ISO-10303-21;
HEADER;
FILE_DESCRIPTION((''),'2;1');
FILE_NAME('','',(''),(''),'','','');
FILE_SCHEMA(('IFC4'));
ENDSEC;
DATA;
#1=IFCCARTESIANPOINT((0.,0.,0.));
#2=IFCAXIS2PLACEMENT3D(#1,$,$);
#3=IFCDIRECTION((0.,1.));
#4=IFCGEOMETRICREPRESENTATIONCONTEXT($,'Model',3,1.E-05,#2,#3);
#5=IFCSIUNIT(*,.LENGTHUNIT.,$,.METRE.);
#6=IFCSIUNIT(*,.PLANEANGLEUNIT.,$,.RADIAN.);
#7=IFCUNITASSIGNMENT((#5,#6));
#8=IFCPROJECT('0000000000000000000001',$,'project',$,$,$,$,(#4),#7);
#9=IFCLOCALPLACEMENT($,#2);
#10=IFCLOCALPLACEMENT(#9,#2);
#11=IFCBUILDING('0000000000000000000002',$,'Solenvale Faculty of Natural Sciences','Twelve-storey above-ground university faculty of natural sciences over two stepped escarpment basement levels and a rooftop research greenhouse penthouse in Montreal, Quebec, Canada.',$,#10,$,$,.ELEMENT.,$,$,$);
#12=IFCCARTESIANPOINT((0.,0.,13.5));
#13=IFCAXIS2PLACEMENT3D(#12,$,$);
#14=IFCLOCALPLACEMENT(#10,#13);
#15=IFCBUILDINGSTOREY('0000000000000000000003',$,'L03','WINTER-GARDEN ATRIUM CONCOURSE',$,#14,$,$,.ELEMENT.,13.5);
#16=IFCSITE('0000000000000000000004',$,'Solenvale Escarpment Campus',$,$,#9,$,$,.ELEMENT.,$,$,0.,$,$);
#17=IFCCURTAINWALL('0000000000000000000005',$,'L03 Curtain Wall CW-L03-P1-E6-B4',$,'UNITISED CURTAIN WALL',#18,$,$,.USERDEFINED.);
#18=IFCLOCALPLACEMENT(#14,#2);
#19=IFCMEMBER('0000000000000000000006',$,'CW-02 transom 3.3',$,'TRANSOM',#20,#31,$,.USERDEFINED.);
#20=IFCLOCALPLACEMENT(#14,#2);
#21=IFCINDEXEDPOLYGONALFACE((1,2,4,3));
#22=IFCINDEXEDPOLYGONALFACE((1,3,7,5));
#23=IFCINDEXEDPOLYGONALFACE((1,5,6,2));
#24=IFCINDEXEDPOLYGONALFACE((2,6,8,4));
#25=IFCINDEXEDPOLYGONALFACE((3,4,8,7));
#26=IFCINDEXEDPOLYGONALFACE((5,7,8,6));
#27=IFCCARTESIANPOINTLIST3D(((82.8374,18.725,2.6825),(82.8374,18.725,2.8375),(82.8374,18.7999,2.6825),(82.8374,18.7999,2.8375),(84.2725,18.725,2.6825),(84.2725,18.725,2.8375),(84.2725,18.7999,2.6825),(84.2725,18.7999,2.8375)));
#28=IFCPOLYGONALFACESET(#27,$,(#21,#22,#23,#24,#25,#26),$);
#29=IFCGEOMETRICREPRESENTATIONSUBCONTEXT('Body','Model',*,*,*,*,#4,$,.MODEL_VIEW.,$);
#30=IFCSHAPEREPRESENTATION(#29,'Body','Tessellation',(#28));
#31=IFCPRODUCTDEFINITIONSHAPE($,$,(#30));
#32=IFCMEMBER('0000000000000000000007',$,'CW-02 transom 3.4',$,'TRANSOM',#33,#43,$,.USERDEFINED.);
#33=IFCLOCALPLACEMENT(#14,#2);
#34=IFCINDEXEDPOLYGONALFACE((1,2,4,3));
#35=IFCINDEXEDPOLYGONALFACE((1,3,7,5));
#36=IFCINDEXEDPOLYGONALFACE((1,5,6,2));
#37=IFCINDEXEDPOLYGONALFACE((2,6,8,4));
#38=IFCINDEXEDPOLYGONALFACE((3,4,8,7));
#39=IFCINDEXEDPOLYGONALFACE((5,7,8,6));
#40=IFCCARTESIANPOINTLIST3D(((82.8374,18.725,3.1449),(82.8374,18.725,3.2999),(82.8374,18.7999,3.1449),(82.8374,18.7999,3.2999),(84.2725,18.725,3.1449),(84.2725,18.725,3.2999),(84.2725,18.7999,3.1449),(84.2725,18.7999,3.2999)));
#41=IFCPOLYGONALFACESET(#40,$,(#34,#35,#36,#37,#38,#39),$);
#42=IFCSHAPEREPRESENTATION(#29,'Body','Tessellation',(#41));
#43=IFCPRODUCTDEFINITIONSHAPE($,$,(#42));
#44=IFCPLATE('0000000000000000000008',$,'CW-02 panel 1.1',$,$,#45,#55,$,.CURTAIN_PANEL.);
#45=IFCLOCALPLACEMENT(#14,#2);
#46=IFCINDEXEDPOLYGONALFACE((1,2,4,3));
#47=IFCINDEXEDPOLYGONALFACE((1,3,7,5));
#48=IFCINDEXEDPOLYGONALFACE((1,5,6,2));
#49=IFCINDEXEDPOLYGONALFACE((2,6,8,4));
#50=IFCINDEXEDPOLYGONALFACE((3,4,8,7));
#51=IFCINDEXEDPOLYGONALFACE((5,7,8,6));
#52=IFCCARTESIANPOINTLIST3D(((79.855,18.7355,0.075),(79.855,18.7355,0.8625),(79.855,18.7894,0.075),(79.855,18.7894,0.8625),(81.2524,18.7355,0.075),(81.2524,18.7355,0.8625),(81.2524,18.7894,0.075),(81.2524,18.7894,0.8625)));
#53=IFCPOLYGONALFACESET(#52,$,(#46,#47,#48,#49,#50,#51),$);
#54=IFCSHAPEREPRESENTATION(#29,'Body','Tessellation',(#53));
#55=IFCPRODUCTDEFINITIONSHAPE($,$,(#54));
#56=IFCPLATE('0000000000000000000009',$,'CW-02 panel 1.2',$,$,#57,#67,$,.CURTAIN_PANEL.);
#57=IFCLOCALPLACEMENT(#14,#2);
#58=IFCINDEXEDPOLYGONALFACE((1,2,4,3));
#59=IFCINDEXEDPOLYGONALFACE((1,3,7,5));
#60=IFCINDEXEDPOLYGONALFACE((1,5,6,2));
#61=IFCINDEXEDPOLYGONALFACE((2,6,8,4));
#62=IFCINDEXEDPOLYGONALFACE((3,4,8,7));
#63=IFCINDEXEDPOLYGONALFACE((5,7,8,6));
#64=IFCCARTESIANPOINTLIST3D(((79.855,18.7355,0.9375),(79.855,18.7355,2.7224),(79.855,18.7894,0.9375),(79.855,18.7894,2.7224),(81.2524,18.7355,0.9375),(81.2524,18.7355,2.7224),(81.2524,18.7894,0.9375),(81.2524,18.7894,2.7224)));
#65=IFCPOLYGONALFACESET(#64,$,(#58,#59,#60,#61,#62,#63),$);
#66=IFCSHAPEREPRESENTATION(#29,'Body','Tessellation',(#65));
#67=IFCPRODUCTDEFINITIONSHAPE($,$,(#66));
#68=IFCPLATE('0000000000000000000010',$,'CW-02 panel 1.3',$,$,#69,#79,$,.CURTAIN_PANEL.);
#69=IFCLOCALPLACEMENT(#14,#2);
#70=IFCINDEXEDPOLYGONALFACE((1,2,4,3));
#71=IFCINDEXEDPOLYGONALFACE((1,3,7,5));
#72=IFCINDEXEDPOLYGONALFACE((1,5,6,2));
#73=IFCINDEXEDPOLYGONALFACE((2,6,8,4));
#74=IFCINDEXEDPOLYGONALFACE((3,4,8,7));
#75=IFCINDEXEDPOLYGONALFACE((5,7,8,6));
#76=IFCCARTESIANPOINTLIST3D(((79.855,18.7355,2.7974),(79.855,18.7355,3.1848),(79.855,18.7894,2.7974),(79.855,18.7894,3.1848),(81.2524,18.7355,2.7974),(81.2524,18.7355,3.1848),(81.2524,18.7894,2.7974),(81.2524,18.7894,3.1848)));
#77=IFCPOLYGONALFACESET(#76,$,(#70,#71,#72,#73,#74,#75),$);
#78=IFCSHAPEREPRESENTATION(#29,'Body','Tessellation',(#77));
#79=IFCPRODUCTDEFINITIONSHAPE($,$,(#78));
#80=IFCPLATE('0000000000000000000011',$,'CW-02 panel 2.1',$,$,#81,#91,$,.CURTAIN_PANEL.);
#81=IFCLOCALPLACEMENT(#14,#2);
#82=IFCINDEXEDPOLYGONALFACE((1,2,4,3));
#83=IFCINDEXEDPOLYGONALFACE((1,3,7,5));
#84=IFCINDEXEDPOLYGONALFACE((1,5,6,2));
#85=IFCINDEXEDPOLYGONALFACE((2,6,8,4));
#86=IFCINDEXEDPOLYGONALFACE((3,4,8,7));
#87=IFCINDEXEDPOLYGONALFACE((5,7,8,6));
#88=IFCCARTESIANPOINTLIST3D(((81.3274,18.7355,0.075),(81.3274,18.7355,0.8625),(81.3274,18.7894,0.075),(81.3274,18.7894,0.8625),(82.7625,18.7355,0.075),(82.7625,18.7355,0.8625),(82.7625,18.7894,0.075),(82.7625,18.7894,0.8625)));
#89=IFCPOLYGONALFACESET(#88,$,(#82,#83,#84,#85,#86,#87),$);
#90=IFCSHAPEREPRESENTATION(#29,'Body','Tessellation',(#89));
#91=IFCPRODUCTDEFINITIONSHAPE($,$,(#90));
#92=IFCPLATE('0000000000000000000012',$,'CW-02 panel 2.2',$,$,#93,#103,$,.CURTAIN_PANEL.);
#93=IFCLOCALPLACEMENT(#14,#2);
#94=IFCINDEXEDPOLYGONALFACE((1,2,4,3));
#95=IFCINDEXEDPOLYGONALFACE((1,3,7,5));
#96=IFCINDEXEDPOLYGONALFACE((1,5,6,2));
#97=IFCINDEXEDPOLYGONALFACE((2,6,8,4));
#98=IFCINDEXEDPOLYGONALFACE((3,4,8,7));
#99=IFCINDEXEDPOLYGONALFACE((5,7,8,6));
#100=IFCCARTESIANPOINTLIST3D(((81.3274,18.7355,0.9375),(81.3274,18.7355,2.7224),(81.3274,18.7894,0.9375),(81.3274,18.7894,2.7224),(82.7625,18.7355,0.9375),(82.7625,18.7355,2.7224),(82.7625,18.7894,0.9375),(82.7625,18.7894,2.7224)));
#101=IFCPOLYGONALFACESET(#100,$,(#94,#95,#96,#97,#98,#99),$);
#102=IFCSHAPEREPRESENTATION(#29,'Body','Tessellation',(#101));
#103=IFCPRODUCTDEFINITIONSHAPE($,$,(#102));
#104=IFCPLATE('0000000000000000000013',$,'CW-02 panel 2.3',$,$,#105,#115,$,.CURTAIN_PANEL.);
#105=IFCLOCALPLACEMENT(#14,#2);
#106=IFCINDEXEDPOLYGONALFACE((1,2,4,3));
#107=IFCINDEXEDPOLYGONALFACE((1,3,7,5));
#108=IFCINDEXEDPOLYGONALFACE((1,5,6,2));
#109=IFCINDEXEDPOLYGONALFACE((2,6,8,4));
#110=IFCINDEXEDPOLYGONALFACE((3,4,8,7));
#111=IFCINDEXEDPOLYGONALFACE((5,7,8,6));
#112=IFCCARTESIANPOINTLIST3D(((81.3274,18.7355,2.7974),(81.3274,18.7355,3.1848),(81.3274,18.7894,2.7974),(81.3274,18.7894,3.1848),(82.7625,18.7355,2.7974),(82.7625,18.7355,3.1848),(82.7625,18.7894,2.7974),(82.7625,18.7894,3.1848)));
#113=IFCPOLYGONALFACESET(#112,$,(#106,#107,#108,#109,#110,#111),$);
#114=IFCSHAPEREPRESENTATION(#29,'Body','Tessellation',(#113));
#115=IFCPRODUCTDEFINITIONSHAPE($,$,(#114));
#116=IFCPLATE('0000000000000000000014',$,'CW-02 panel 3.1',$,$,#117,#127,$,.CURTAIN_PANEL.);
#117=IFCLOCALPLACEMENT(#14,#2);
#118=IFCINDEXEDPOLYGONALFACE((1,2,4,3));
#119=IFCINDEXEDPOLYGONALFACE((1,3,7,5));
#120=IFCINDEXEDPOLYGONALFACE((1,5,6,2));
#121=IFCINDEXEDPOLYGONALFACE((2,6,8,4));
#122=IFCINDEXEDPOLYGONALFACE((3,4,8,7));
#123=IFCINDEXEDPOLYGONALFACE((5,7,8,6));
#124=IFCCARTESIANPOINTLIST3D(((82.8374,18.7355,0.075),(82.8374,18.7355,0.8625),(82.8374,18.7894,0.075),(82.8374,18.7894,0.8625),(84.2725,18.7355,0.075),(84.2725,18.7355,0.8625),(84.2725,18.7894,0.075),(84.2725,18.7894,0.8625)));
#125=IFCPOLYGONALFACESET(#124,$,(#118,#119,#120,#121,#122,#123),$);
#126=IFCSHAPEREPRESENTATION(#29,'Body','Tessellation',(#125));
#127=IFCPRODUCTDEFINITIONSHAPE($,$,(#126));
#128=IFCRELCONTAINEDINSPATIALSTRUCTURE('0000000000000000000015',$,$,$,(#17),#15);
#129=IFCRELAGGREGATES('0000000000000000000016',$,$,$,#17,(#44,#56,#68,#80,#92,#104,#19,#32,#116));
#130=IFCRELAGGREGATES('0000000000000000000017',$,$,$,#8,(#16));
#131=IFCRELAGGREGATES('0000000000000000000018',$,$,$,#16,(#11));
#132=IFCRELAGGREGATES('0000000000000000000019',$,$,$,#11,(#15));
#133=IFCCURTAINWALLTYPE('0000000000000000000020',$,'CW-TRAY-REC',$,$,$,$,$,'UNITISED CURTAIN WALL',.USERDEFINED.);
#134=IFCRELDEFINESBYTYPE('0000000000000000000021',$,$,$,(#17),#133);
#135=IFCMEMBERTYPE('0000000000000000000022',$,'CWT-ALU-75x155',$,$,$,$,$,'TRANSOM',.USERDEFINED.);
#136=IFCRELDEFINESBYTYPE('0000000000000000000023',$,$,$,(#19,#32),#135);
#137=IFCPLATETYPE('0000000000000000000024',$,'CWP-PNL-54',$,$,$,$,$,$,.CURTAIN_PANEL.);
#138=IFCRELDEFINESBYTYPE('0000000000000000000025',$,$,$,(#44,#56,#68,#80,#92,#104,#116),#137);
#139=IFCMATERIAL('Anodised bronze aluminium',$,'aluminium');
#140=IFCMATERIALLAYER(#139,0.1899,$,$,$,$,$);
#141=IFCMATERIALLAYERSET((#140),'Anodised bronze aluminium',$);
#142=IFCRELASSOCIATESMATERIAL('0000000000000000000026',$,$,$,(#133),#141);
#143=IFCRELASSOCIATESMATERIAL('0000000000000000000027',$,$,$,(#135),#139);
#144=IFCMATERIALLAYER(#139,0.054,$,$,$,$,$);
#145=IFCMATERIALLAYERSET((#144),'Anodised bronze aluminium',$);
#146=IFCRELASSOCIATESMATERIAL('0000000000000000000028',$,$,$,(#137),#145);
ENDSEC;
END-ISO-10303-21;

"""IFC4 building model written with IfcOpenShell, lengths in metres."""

from ifc_helpers import new_model, si_unit, direction, frame, origin, origin_2d, place, context, subcontext, project, spatial, rectangle, extrude, material, layer, layer_set, material_profile, profile_set, type_object, element, aggregate, save


model = new_model("IFC4")

# Units and contexts
model_context = context("Model", 3, precision=1e-05, world=origin(), true_north=direction((0.0, 1.0)))
body_context = subcontext(model_context, "Body", "Model", "MODEL_VIEW")
ifc_project = project(units=[si_unit("LENGTHUNIT", "METRE"), si_unit("PLANEANGLEUNIT", "RADIAN")], contexts=[model_context])

# Site, building, storey
site_placement = place(None, origin())
site = spatial("IfcSite", under=ifc_project, at=site_placement, Name="Solenvale Escarpment Campus", CompositionType="ELEMENT", RefElevation=0.0)
building_placement = place(site_placement, origin())
building = spatial("IfcBuilding", under=site, at=building_placement, Name="Solenvale Faculty of Natural Sciences", Description="Twelve-storey above-ground university faculty of natural sciences over two stepped escarpment basement levels and a rooftop research greenhouse penthouse in Montreal, Quebec, Canada.", CompositionType="ELEMENT")
storey_placement = place(building_placement, frame((0.0, 0.0, 13.5)))
storey = spatial("IfcBuildingStorey", under=building, at=storey_placement, Name="L03", Description="WINTER-GARDEN ATRIUM CONCOURSE", CompositionType="ELEMENT", Elevation=13.5)

# Curtain wall, members, plates
ifc_material_1 = material(Name="Anodised bronze aluminium", Category="aluminium")
ifc_layer_1 = layer(ifc_material_1, 0.1899)
ifc_layer_set_1 = layer_set([ifc_layer_1], Name="Anodised bronze aluminium")
curtain_wall_type = type_object("IfcCurtainWallType", Name="CW-TRAY-REC", ElementType="UNITISED CURTAIN WALL", PredefinedType="USERDEFINED", material=ifc_layer_set_1)
curtain_wall_placement = place(storey_placement, origin())
curtain_wall = element("IfcCurtainWall", 1, at=curtain_wall_placement, inside=storey, type_object=curtain_wall_type, Name="L03 Curtain Wall CW-L03-P1-E6-B4", ObjectType="UNITISED CURTAIN WALL", PredefinedType="USERDEFINED")
ifc_material_profile_1 = material_profile(ifc_material_1, rectangle(XDim=0.075, YDim=0.155, at=origin_2d()), Name="ALU-TRN-75x155")
ifc_profile_set_1 = profile_set([ifc_material_profile_1], Name="Anodised bronze aluminium")
member_type_1 = type_object("IfcMemberType", Name="CWT-ALU-75x155", ElementType="TRANSOM", PredefinedType="USERDEFINED", material=ifc_profile_set_1)
member_1_placement = place(storey_placement, frame((82.8374, 18.7625, 2.76), z_axis=(1.0, 0.0, 0.0), x_axis=(0.0, 1.0, 0.0)))
member_1 = element("IfcMember", 2, at=member_1_placement, type_object=member_type_1, Name="CW-02 transom 3.3", ObjectType="TRANSOM", PredefinedType="USERDEFINED", context=body_context, shape_type="SweptSolid", body=[
    extrude(rectangle(XDim=0.075, YDim=0.155, at=origin_2d()), origin(), (0.0, 0.0, 1.0), 1.4351),
])
member_2_placement = place(storey_placement, frame((82.8374, 18.7625, 3.2224), z_axis=(1.0, 0.0, 0.0), x_axis=(0.0, 1.0, 0.0)))
member_2 = element("IfcMember", 3, at=member_2_placement, type_object=member_type_1, Name="CW-02 transom 3.4", ObjectType="TRANSOM", PredefinedType="USERDEFINED", context=body_context, shape_type="SweptSolid", body=[
    extrude(rectangle(XDim=0.075, YDim=0.155, at=origin_2d()), origin(), (0.0, 0.0, 1.0), 1.4351),
])
ifc_layer_2 = layer(ifc_material_1, 0.054)
ifc_layer_set_2 = layer_set([ifc_layer_2], Name="Anodised bronze aluminium")
plate_type = type_object("IfcPlateType", Name="CWP-PNL-54", PredefinedType="CURTAIN_PANEL", material=ifc_layer_set_2)
plate_1_placement = place(storey_placement, frame((80.5537, 18.7625, 0.075), z_axis=(0.0, 0.0, 1.0), x_axis=(1.0, 0.0, 0.0)))
plate_1 = element("IfcPlate", 4, at=plate_1_placement, type_object=plate_type, Name="CW-02 panel 1.1", PredefinedType="CURTAIN_PANEL", context=body_context, shape_type="SweptSolid", body=[
    extrude(rectangle(XDim=1.3975, YDim=0.054, at=origin_2d()), origin(), (0.0, 0.0, 1.0), 0.7876),
])
plate_2_placement = place(storey_placement, frame((80.5537, 18.7625, 0.9375), z_axis=(0.0, 0.0, 1.0), x_axis=(1.0, 0.0, 0.0)))
plate_2 = element("IfcPlate", 5, at=plate_2_placement, type_object=plate_type, Name="CW-02 panel 1.2", PredefinedType="CURTAIN_PANEL", context=body_context, shape_type="SweptSolid", body=[
    extrude(rectangle(XDim=1.3975, YDim=0.054, at=origin_2d()), origin(), (0.0, 0.0, 1.0), 1.7849),
])
plate_3_placement = place(storey_placement, frame((80.5537, 18.7625, 2.7974), z_axis=(0.0, 0.0, 1.0), x_axis=(1.0, 0.0, 0.0)))
plate_3 = element("IfcPlate", 6, at=plate_3_placement, type_object=plate_type, Name="CW-02 panel 1.3", PredefinedType="CURTAIN_PANEL", context=body_context, shape_type="SweptSolid", body=[
    extrude(rectangle(XDim=1.3975, YDim=0.054, at=origin_2d()), origin(), (0.0, 0.0, 1.0), 0.3875),
])
plate_4_placement = place(storey_placement, frame((82.0449, 18.7625, 0.075), z_axis=(0.0, 0.0, 1.0), x_axis=(1.0, 0.0, 0.0)))
plate_4 = element("IfcPlate", 7, at=plate_4_placement, type_object=plate_type, Name="CW-02 panel 2.1", PredefinedType="CURTAIN_PANEL", context=body_context, shape_type="SweptSolid", body=[
    extrude(rectangle(XDim=1.4351, YDim=0.054, at=origin_2d()), origin(), (0.0, 0.0, 1.0), 0.7876),
])
plate_5_placement = place(storey_placement, frame((82.0449, 18.7625, 0.9375), z_axis=(0.0, 0.0, 1.0), x_axis=(1.0, 0.0, 0.0)))
plate_5 = element("IfcPlate", 8, at=plate_5_placement, type_object=plate_type, Name="CW-02 panel 2.2", PredefinedType="CURTAIN_PANEL", context=body_context, shape_type="SweptSolid", body=[
    extrude(rectangle(XDim=1.4351, YDim=0.054, at=origin_2d()), origin(), (0.0, 0.0, 1.0), 1.7849),
])
plate_6_placement = place(storey_placement, frame((82.0449, 18.7625, 2.7974), z_axis=(0.0, 0.0, 1.0), x_axis=(1.0, 0.0, 0.0)))
plate_6 = element("IfcPlate", 9, at=plate_6_placement, type_object=plate_type, Name="CW-02 panel 2.3", PredefinedType="CURTAIN_PANEL", context=body_context, shape_type="SweptSolid", body=[
    extrude(rectangle(XDim=1.4351, YDim=0.054, at=origin_2d()), origin(), (0.0, 0.0, 1.0), 0.3875),
])
plate_7_placement = place(storey_placement, frame((83.5549, 18.7625, 0.075), z_axis=(0.0, 0.0, 1.0), x_axis=(1.0, 0.0, 0.0)))
plate_7 = element("IfcPlate", 10, at=plate_7_placement, type_object=plate_type, Name="CW-02 panel 3.1", PredefinedType="CURTAIN_PANEL", context=body_context, shape_type="SweptSolid", body=[
    extrude(rectangle(XDim=1.4351, YDim=0.054, at=origin_2d()), origin(), (0.0, 0.0, 1.0), 0.7876),
])
aggregate(curtain_wall, [plate_1, plate_2, plate_3, plate_4, plate_5, plate_6, member_1, member_2, plate_7])

save(model, "model.ifc")
